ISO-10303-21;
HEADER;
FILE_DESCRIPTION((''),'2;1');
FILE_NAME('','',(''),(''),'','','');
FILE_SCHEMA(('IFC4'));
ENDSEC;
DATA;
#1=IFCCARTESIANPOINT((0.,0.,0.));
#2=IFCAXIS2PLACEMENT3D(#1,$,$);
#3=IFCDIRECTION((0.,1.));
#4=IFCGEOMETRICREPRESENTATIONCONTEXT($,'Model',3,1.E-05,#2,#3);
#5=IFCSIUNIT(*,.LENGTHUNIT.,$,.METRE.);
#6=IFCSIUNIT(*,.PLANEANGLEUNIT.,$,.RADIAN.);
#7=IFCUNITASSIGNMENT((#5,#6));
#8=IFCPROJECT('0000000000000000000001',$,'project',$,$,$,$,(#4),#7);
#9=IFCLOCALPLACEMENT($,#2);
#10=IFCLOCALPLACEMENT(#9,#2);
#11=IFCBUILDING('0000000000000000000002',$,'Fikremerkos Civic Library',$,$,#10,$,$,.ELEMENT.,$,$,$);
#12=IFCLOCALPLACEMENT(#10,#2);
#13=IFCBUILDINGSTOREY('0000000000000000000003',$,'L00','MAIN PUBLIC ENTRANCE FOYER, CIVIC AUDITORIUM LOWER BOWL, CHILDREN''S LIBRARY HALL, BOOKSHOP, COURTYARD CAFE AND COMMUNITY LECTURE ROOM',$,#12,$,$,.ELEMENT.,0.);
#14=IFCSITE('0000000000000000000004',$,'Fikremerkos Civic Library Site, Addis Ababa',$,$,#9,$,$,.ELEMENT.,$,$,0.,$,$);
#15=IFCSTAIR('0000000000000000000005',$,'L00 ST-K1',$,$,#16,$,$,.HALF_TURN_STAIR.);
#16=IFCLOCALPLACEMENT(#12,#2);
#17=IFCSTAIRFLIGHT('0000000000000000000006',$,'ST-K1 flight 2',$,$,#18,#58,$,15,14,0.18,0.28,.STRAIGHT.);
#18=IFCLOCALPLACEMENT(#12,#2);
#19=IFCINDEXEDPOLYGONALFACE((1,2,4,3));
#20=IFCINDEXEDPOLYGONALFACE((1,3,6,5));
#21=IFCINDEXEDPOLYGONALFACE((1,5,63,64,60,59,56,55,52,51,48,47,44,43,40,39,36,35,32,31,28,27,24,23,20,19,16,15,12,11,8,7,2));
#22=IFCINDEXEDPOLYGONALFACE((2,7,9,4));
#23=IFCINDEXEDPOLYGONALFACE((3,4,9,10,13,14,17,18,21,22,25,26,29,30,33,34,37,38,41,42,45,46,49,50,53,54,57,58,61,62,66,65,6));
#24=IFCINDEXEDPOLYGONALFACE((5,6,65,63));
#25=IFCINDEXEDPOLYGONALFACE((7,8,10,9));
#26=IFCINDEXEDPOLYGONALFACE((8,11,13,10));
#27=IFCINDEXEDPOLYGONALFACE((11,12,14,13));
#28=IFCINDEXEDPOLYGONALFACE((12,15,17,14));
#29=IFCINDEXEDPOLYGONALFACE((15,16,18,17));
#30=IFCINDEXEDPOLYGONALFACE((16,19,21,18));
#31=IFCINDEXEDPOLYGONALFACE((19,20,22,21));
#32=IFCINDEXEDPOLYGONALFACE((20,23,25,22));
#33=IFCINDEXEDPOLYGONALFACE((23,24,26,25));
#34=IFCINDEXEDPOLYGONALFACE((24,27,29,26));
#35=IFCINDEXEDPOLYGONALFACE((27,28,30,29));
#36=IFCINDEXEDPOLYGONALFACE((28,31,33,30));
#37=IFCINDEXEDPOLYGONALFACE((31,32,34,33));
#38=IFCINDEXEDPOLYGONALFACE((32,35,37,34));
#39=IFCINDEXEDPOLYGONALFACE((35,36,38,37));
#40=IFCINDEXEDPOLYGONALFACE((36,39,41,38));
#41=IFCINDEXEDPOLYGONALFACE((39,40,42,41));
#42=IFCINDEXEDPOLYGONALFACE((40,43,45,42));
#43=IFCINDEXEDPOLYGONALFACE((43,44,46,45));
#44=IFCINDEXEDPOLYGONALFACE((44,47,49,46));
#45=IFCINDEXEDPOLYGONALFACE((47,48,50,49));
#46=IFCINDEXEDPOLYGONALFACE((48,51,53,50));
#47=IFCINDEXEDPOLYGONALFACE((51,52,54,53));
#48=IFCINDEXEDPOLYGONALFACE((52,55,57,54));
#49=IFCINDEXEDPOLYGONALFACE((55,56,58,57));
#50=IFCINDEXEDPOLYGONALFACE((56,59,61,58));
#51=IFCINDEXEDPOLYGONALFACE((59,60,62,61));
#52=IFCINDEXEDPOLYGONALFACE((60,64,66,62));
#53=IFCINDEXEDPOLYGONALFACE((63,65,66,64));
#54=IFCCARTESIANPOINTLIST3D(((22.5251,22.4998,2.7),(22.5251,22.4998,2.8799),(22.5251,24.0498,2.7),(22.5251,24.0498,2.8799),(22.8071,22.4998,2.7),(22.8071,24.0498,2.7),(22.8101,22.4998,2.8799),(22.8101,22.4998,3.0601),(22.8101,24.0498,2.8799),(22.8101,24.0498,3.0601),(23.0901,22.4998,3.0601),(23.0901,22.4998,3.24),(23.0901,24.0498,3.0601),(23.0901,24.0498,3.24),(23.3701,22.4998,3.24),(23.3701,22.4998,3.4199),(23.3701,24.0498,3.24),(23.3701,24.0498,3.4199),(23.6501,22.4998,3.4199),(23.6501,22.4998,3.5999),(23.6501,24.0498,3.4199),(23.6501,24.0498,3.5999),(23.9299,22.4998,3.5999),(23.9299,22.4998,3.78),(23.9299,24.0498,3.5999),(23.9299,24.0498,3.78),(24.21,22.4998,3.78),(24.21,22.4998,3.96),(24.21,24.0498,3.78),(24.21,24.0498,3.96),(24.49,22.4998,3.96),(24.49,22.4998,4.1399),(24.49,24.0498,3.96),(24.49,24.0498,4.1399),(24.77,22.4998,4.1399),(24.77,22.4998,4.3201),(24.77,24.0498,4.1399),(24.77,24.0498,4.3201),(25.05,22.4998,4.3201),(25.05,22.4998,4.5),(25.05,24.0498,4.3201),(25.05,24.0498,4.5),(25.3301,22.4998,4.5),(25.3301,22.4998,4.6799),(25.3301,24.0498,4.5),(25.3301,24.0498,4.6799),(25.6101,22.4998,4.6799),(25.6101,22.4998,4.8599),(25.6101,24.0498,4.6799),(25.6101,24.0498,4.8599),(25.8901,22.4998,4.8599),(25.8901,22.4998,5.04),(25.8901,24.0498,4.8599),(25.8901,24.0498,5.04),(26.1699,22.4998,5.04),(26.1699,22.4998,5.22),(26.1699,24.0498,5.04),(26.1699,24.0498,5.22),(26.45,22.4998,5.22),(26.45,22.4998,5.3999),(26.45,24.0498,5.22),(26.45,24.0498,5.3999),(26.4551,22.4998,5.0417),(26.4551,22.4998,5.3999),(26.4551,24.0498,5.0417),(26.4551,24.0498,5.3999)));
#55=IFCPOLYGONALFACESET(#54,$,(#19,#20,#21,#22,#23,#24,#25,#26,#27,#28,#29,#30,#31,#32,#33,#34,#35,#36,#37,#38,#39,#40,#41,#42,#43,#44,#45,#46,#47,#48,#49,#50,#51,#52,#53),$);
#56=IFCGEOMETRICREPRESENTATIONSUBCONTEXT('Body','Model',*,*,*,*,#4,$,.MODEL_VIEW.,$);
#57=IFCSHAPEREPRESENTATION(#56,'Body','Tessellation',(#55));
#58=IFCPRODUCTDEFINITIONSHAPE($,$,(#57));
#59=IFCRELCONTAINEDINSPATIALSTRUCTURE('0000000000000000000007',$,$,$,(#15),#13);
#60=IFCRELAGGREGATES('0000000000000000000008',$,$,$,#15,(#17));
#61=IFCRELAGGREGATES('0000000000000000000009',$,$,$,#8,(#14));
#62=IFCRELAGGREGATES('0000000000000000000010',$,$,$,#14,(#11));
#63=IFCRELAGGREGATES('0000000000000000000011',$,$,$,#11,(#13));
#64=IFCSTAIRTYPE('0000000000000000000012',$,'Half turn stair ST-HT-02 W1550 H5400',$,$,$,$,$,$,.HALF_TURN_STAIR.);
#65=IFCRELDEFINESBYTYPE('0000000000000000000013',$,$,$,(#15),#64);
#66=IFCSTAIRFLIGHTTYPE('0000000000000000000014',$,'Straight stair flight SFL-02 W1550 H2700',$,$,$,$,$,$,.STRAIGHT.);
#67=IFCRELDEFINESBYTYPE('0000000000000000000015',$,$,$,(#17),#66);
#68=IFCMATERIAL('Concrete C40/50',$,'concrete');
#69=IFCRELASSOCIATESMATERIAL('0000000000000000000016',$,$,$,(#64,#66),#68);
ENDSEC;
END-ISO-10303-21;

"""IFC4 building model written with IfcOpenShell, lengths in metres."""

from ifc_helpers import new_model, si_unit, direction, frame, origin, place, context, subcontext, project, spatial, polyline, outline, extrude, material, type_object, element, aggregate, save


model = new_model("IFC4")

# Units and contexts
model_context = context("Model", 3, precision=1e-05, world=origin(), true_north=direction((0.0, 1.0)))
body_context = subcontext(model_context, "Body", "Model", "MODEL_VIEW")
ifc_project = project(units=[si_unit("LENGTHUNIT", "METRE"), si_unit("PLANEANGLEUNIT", "RADIAN")], contexts=[model_context])

# Site, building, storey
site_placement = place(None, origin())
site = spatial("IfcSite", under=ifc_project, at=site_placement, Name="Fikremerkos Civic Library Site, Addis Ababa", CompositionType="ELEMENT", RefElevation=0.0)
building_placement = place(site_placement, origin())
building = spatial("IfcBuilding", under=site, at=building_placement, Name="Fikremerkos Civic Library", CompositionType="ELEMENT")
storey_placement = place(building_placement, origin())
storey = spatial("IfcBuildingStorey", under=building, at=storey_placement, Name="L00", Description="MAIN PUBLIC ENTRANCE FOYER, CIVIC AUDITORIUM LOWER BOWL, CHILDREN'S LIBRARY HALL, BOOKSHOP, COURTYARD CAFE AND COMMUNITY LECTURE ROOM", CompositionType="ELEMENT", Elevation=0.0)

# Shared definitions
ifc_material_1 = material(Name="Concrete C40/50", Category="concrete")

# Stair, stair flight
stair_type = type_object("IfcStairType", Name="Half turn stair ST-HT-02 W1550 H5400", PredefinedType="HALF_TURN_STAIR", material=ifc_material_1)
stair_placement = place(storey_placement, origin())
stair = element("IfcStair", 1, at=stair_placement, inside=storey, type_object=stair_type, Name="L00 ST-K1", PredefinedType="HALF_TURN_STAIR")
stair_flight_type = type_object("IfcStairFlightType", Name="Straight stair flight SFL-02 W1550 H2700", PredefinedType="STRAIGHT", material=ifc_material_1)
stair_flight_1_placement = place(storey_placement, frame((22.53, 23.2749, 2.7), z_axis=(0.0, 0.0, 1.0), x_axis=(1.0, 0.0, 0.0)))
stair_flight_1 = element("IfcStairFlight", 2, at=stair_flight_1_placement, type_object=stair_flight_type, Name="ST-K1 flight 2", NumberOfRisers=15, NumberOfTreads=14, PredefinedType="STRAIGHT", RiserHeight=0.18, TreadLength=0.28, context=body_context, shape_type="SweptSolid", body=[
    extrude(outline(polyline([(-0.0049, 0.0), (-0.0049, 0.1799), (0.28, 0.1799), (0.28, 0.3601), (0.5601, 0.3601), (0.5601, 0.54), (0.8401, 0.54), (0.8401, 0.72), (1.1201, 0.72), (1.1201, 0.8999), (1.3999, 0.8999), (1.3999, 1.0801), (1.6799, 1.0801), (1.6799, 1.26), (1.96, 1.26), (1.96, 1.4399), (2.24, 1.4399), (2.24, 1.6201), (2.52, 1.6201), (2.52, 1.8), (2.8, 1.8), (2.8, 1.98), (3.0801, 1.98), (3.0801, 2.1599), (3.3601, 2.1599), (3.3601, 2.3401), (3.6399, 2.3401), (3.6399, 2.52), (3.9199, 2.52), (3.9199, 2.7), (3.925, 2.7), (3.925, 2.3418), (0.2771, 0.0), (-0.0049, 0.0)])), frame((0.0, 0.7749, 0.0), z_axis=(0.0, -1.0, 0.0), x_axis=(1.0, 0.0, 0.0)), (0.0, 0.0, 1.0), 1.55),
])
aggregate(stair, [stair_flight_1])

save(model, "model.ifc")
